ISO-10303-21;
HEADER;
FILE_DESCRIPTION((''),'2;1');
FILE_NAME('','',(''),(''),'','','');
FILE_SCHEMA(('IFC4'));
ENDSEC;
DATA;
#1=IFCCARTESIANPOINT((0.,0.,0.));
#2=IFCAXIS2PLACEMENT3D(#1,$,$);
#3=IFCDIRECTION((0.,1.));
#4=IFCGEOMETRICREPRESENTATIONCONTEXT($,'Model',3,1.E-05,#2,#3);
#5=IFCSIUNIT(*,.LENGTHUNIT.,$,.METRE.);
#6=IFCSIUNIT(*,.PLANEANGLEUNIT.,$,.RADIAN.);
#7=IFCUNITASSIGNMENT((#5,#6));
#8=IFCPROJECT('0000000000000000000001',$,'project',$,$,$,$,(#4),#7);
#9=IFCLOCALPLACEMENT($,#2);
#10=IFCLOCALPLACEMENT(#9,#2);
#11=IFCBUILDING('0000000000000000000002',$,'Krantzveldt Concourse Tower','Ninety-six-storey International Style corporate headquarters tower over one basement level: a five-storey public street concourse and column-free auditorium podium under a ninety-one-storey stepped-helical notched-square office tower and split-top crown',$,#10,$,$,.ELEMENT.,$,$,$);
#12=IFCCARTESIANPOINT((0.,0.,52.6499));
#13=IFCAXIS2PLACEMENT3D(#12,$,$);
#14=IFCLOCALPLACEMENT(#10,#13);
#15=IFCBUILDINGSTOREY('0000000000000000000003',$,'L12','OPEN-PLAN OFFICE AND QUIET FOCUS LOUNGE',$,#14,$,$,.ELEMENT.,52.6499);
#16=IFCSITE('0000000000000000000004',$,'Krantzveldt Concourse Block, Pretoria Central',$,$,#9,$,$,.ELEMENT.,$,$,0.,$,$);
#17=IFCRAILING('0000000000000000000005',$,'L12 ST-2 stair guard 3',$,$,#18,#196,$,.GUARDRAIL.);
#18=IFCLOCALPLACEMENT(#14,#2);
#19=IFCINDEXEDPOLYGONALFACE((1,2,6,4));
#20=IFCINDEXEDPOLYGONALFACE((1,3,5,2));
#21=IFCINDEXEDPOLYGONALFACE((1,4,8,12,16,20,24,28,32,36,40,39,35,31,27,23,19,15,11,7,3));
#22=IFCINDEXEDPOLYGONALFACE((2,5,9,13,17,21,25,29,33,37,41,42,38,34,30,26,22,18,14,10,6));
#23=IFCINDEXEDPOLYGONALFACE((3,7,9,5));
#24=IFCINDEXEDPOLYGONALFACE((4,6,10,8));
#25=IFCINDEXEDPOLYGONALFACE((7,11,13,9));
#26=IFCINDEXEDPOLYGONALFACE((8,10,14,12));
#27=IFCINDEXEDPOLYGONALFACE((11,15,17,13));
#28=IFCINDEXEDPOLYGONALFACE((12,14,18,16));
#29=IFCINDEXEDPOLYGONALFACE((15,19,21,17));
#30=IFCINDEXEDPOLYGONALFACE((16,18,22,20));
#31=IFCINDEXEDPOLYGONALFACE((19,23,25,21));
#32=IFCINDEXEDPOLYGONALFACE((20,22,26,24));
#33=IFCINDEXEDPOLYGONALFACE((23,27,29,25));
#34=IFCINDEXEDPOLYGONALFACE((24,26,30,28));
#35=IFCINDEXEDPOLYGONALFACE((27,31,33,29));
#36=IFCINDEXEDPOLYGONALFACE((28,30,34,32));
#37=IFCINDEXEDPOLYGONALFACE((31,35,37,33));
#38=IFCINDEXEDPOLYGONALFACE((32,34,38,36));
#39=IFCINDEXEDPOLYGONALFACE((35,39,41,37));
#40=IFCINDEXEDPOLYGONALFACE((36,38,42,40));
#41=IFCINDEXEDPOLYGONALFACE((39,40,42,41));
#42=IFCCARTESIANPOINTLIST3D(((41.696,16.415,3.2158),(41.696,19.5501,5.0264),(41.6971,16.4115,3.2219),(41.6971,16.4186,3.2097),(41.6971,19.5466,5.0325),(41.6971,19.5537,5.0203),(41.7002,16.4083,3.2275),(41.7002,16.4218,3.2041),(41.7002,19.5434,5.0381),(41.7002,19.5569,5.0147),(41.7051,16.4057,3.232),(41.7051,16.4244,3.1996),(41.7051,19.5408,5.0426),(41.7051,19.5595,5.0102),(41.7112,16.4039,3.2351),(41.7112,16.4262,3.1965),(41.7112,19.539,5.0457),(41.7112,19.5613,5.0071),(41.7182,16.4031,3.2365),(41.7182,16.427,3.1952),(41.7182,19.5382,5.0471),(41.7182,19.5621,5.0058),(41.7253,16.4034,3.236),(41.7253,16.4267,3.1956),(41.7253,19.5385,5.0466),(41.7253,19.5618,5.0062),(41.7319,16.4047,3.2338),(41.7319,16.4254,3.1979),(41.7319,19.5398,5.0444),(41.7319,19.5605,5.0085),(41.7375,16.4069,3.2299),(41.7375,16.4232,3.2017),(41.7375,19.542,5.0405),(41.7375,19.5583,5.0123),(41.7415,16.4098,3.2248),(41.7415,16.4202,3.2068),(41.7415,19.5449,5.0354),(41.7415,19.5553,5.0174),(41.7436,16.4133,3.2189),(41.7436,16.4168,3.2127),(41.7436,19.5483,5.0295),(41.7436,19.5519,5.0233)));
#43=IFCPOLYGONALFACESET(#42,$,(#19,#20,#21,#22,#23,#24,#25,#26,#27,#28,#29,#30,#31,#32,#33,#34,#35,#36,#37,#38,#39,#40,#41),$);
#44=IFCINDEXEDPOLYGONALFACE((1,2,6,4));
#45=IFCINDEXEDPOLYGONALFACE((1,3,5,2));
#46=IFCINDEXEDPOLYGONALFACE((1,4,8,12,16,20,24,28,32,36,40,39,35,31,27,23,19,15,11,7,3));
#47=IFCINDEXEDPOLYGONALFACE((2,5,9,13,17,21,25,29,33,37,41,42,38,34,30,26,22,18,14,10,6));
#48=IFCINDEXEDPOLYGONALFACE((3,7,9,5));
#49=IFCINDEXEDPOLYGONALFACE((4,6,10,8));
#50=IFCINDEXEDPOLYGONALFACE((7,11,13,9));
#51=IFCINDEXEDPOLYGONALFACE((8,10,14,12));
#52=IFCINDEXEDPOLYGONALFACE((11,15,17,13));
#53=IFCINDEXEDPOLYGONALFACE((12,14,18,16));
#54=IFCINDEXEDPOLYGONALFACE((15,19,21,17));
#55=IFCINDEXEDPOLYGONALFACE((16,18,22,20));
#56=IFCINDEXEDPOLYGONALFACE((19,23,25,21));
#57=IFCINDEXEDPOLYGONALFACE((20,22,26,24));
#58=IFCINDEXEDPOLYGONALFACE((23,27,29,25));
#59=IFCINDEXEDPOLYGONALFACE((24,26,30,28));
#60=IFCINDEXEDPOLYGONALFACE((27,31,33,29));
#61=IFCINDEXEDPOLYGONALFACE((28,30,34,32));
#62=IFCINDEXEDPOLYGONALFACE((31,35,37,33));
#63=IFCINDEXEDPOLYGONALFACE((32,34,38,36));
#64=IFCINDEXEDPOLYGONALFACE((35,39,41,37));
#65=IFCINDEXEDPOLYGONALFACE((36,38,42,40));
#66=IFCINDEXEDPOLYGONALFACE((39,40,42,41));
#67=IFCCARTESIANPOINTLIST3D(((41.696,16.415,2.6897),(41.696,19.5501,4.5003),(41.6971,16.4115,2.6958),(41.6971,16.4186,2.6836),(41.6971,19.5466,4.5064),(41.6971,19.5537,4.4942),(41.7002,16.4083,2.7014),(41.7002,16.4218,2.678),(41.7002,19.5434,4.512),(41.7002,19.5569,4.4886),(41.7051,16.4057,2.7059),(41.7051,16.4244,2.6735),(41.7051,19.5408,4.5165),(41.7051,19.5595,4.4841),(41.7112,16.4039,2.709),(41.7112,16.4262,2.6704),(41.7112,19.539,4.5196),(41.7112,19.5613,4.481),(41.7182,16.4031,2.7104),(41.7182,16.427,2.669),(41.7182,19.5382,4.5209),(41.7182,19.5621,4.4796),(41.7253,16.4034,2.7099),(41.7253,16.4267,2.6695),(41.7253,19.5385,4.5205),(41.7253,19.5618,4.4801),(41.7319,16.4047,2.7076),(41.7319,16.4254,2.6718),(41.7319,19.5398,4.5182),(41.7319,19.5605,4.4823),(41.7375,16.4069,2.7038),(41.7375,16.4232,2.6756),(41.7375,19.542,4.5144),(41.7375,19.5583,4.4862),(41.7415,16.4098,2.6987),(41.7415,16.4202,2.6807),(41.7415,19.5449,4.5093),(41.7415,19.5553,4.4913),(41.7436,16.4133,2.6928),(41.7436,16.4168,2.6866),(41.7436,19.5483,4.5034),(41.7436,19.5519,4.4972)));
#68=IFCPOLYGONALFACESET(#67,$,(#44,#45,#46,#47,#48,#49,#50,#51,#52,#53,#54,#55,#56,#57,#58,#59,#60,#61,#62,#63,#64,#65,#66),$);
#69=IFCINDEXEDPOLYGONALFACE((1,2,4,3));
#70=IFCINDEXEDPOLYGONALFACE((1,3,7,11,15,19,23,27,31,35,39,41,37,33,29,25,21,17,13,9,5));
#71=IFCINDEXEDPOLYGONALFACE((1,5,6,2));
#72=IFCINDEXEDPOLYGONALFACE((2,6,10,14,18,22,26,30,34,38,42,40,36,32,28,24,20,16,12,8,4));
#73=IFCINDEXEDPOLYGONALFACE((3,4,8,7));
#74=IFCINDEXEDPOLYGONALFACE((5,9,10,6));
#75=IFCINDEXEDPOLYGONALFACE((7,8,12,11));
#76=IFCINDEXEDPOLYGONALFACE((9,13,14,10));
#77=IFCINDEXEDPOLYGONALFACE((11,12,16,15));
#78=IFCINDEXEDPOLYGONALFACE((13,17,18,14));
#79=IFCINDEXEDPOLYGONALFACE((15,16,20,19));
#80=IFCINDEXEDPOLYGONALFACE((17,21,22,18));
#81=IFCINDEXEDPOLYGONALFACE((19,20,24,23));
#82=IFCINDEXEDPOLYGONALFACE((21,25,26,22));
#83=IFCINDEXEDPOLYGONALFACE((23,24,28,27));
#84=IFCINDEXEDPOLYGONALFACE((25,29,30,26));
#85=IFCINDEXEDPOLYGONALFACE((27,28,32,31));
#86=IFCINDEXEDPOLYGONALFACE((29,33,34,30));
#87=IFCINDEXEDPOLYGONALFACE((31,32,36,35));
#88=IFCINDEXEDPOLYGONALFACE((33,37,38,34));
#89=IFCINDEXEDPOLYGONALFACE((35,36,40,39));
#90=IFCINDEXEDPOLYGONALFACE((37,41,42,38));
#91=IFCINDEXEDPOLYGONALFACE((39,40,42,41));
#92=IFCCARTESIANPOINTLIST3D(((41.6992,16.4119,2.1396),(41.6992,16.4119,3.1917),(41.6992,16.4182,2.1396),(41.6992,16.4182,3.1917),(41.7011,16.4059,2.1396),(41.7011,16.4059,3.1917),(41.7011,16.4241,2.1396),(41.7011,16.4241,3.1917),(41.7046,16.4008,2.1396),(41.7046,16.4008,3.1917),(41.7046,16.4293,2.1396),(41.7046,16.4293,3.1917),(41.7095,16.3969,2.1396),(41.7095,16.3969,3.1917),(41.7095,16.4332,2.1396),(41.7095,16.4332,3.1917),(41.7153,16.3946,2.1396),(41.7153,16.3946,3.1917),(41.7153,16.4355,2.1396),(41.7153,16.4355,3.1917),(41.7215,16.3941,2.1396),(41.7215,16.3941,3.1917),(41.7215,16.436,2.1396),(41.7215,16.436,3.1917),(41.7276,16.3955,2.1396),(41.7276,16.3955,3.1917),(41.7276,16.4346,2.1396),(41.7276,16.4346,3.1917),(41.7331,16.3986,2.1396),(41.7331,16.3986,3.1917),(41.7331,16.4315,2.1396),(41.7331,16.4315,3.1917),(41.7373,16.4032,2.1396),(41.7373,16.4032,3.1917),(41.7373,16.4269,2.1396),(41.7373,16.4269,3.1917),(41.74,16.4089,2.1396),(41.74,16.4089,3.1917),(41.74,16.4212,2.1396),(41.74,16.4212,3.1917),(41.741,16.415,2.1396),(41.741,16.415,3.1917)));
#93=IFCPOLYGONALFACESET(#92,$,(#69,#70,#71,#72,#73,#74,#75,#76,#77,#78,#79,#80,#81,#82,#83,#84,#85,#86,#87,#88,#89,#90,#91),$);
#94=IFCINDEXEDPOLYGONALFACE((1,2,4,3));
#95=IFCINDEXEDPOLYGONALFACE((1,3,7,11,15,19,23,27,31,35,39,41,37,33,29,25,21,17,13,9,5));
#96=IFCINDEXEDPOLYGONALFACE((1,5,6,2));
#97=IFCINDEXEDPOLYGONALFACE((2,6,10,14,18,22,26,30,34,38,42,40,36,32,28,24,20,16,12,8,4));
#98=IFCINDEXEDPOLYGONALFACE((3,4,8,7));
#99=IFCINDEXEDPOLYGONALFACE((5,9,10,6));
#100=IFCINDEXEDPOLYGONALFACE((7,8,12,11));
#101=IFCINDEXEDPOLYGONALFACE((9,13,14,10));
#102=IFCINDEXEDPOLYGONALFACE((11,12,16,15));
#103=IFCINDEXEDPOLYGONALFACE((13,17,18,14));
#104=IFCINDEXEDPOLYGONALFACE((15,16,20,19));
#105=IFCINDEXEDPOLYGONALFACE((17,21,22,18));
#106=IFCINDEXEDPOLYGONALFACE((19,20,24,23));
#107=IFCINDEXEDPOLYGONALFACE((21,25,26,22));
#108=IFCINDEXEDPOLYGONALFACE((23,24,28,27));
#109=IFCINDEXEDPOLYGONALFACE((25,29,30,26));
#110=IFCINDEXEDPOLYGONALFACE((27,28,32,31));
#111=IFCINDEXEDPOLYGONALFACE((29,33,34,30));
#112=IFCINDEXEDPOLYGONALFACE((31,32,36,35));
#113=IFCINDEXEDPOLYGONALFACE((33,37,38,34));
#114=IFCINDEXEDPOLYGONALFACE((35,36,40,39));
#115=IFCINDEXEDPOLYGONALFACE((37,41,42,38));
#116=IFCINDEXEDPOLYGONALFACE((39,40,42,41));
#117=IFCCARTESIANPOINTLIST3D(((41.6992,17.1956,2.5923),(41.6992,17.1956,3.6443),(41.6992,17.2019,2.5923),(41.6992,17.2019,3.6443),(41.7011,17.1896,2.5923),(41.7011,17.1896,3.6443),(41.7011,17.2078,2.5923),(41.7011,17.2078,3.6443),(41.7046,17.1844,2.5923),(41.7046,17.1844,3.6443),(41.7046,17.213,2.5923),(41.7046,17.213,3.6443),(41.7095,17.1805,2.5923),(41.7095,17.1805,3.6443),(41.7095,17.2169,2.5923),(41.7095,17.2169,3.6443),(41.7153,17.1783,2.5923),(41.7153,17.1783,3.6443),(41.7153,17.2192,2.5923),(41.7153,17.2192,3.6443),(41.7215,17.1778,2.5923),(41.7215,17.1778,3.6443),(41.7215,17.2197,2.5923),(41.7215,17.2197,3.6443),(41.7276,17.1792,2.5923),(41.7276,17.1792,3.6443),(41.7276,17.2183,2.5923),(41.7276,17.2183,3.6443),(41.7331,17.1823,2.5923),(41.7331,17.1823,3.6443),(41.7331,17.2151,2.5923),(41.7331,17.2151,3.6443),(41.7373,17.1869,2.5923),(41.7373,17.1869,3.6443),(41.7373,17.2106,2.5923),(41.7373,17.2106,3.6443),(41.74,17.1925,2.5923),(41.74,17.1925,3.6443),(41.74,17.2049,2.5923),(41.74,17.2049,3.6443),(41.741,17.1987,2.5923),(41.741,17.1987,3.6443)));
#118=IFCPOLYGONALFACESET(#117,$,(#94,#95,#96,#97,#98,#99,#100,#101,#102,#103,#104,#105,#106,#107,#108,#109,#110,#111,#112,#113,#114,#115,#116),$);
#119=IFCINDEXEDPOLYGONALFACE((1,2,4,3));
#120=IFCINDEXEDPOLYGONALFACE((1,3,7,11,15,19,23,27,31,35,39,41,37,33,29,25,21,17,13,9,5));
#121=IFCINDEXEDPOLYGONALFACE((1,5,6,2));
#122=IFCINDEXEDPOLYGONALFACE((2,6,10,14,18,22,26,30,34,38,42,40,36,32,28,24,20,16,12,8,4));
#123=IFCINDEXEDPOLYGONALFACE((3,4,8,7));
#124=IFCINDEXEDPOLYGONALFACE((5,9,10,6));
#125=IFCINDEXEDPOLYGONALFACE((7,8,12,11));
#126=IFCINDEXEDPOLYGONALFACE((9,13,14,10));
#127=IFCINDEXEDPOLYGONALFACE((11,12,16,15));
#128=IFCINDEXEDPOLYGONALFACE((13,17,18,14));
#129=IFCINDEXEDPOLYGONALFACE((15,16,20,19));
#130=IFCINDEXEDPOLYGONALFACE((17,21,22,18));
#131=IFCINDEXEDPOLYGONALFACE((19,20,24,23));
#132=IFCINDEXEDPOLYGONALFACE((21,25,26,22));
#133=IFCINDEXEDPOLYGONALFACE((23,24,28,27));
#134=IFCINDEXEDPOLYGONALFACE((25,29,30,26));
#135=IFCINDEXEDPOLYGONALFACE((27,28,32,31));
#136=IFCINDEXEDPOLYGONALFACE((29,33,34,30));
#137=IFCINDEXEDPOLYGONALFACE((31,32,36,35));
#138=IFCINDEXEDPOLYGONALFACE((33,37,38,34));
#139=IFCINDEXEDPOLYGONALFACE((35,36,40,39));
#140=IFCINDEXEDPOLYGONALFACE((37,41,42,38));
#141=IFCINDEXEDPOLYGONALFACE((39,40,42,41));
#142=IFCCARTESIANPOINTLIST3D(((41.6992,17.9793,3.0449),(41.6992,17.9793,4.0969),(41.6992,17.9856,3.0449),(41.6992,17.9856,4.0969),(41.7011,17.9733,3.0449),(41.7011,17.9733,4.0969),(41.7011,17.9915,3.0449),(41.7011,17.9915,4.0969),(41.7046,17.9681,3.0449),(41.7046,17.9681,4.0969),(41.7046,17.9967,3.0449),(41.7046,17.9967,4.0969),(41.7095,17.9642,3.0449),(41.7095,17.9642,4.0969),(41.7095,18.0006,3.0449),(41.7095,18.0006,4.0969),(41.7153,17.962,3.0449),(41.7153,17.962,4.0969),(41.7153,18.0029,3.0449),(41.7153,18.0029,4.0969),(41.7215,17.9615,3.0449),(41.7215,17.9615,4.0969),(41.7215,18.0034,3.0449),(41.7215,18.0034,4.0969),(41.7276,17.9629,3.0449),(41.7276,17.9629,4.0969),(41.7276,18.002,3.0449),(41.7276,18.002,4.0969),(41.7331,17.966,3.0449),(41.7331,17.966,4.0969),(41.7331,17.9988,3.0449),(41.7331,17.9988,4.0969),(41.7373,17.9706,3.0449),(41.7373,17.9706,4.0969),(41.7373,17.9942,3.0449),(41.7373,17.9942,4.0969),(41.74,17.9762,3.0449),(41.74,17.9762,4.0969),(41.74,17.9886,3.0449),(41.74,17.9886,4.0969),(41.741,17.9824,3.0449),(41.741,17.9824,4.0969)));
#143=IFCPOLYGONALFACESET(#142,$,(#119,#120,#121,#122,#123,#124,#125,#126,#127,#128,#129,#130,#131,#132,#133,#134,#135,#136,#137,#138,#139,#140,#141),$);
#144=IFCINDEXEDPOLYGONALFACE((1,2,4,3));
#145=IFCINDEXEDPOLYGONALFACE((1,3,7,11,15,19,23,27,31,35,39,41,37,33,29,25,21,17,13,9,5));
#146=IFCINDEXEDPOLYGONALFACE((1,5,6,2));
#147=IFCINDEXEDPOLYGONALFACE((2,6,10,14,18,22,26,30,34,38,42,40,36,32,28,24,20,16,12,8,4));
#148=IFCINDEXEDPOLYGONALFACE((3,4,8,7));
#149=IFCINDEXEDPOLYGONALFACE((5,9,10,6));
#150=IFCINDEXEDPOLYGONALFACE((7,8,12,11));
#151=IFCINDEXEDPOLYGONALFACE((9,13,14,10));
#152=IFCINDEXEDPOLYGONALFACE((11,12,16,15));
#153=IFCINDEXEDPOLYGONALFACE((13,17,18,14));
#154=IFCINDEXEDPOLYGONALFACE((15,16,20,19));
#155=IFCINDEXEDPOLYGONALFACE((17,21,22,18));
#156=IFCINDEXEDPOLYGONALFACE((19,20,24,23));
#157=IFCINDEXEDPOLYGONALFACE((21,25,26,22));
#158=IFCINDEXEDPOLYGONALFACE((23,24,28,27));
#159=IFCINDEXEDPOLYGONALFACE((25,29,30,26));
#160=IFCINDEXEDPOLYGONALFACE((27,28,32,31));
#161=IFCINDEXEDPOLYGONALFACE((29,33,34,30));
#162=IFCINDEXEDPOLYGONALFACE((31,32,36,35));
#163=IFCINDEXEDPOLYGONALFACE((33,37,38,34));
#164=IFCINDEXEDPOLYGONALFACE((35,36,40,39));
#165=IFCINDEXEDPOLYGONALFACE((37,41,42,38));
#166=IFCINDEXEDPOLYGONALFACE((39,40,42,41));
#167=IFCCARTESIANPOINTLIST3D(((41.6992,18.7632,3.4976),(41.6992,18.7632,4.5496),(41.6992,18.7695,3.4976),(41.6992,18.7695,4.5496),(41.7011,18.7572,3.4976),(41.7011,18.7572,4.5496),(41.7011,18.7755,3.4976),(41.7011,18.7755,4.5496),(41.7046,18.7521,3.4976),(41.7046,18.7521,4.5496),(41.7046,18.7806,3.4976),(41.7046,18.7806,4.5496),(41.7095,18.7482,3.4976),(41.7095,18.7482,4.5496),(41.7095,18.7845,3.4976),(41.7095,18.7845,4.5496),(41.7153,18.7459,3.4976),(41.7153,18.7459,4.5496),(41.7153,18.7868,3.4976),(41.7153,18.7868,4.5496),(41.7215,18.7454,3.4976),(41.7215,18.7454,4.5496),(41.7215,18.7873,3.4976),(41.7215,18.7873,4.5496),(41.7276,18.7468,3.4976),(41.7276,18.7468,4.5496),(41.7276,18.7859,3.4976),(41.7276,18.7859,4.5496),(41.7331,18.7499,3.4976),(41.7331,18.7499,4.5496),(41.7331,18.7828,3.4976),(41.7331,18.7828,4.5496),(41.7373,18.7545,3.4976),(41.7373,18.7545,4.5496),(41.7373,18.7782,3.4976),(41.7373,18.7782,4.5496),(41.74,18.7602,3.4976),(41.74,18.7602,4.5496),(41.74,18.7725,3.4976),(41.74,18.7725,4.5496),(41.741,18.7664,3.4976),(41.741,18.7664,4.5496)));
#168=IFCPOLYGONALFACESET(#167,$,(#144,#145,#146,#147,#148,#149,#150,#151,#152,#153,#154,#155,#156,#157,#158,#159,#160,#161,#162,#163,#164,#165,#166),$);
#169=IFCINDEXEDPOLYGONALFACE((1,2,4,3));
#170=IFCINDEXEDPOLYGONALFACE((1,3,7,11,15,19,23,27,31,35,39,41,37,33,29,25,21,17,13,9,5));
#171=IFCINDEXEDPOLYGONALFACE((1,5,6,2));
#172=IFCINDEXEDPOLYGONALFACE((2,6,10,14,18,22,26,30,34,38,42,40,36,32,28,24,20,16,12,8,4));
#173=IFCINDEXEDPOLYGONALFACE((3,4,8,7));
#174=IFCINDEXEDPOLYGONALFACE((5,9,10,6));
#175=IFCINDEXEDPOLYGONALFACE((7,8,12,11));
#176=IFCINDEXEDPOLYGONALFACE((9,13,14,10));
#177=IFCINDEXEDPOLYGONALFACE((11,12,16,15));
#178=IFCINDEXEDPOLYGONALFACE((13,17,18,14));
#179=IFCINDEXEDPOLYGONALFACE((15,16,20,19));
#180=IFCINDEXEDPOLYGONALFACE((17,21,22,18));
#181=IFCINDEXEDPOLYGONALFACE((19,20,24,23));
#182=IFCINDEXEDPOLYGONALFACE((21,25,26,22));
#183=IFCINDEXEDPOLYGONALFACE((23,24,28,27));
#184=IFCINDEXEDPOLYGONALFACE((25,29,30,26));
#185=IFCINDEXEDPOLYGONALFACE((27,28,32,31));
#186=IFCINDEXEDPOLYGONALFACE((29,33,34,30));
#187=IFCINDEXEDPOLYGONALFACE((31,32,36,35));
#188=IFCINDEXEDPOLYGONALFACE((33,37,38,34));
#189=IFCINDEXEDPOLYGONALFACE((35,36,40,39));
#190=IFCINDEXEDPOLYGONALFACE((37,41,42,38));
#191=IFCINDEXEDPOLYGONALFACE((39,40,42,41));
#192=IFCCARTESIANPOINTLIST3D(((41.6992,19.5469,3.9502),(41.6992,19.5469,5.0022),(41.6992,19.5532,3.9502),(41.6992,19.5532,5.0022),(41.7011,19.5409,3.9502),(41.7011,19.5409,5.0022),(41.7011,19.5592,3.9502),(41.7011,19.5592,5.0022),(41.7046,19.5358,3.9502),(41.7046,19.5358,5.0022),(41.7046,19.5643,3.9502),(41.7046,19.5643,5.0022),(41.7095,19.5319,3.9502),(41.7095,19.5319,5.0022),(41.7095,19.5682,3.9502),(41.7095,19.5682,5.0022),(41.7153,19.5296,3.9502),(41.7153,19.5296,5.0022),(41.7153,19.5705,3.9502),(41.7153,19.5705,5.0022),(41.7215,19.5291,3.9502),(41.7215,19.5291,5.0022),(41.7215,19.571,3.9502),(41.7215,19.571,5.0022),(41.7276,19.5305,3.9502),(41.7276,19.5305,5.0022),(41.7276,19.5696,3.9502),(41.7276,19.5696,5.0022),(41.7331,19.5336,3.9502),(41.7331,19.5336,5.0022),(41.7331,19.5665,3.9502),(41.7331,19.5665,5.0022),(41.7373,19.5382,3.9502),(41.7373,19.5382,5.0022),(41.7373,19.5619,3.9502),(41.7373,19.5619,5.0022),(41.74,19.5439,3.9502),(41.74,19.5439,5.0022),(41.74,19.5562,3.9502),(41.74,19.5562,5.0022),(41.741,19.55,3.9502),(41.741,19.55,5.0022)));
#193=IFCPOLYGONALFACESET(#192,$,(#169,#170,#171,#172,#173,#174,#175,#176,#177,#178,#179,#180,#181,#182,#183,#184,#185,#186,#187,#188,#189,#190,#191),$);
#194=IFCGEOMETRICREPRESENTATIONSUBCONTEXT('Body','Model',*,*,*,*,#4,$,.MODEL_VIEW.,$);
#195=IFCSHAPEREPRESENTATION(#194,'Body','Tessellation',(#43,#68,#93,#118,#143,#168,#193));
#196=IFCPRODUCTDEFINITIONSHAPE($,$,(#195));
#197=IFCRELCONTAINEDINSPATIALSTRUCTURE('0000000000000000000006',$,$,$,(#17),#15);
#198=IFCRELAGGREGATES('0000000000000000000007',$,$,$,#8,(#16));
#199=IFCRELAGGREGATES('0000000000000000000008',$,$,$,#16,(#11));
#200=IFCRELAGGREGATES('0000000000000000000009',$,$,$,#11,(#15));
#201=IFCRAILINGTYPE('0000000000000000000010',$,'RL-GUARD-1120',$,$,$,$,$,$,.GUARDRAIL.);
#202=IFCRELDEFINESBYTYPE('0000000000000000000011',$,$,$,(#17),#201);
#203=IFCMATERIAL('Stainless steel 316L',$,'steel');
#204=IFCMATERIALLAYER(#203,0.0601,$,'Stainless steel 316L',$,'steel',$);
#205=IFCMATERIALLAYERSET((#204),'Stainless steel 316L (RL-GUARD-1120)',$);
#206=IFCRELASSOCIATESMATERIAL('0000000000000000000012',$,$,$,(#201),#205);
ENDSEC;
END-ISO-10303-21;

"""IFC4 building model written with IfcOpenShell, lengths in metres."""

from ifc_helpers import new_model, si_unit, direction, frame, origin, origin_2d, place, context, subcontext, project, spatial, circle, extrude, material, layer, layer_set, type_object, element, save


model = new_model("IFC4")

# Units and contexts
model_context = context("Model", 3, precision=1e-05, world=origin(), true_north=direction((0.0, 1.0)))
body_context = subcontext(model_context, "Body", "Model", "MODEL_VIEW")
ifc_project = project(units=[si_unit("LENGTHUNIT", "METRE"), si_unit("PLANEANGLEUNIT", "RADIAN")], contexts=[model_context])

# Site, building, storey
site_placement = place(None, origin())
site = spatial("IfcSite", under=ifc_project, at=site_placement, Name="Krantzveldt Concourse Block, Pretoria Central", CompositionType="ELEMENT", RefElevation=0.0)
building_placement = place(site_placement, origin())
building = spatial("IfcBuilding", under=site, at=building_placement, Name="Krantzveldt Concourse Tower", Description="Ninety-six-storey International Style corporate headquarters tower over one basement level: a five-storey public street concourse and column-free auditorium podium under a ninety-one-storey stepped-helical notched-square office tower and split-top crown", CompositionType="ELEMENT")
storey_placement = place(building_placement, frame((0.0, 0.0, 52.6499)))
storey = spatial("IfcBuildingStorey", under=building, at=storey_placement, Name="L12", Description="OPEN-PLAN OFFICE AND QUIET FOCUS LOUNGE", CompositionType="ELEMENT", Elevation=52.6499)

# Shared definitions
ifc_material_1 = material(Name="Stainless steel 316L", Category="steel")

# Railing
ifc_layer_1 = layer(ifc_material_1, 0.0601, Name="Stainless steel 316L", Category="steel")
ifc_layer_set_1 = layer_set([ifc_layer_1], Name="Stainless steel 316L (RL-GUARD-1120)")
railing_type_1 = type_object("IfcRailingType", Name="RL-GUARD-1120", PredefinedType="GUARDRAIL", material=ifc_layer_set_1)
railing_1_placement = place(storey_placement, frame((41.72, 16.415, 2.1396)))
element("IfcRailing", 1, at=railing_1_placement, inside=storey, type_object=railing_type_1, Name="L12 ST-2 stair guard 3", PredefinedType="GUARDRAIL", context=body_context, shape_type="SweptSolid", body=[
    extrude(circle(Radius=0.0239, at=origin_2d()), frame((0.0, 0.0, 1.0762), z_axis=(0.0, 0.86596, 0.500114), x_axis=(-1.0, 0.0, 0.0)), (0.0, 0.0, 1.0), 3.6204),
    extrude(circle(Radius=0.0239, at=origin_2d()), frame((0.0, 0.0, 0.55), z_axis=(0.0, 0.86596, 0.500114), x_axis=(-1.0, 0.0, 0.0)), (0.0, 0.0, 1.0), 3.6204),
    extrude(circle(Radius=0.021, at=origin_2d()), origin(), (0.0, 0.0, 1.0), 1.052),
    extrude(circle(Radius=0.021, at=origin_2d()), frame((0.0, 0.7837, 0.4526)), (0.0, 0.0, 1.0), 1.052),
    extrude(circle(Radius=0.021, at=origin_2d()), frame((0.0, 1.5674, 0.9053)), (0.0, 0.0, 1.0), 1.052),
    extrude(circle(Radius=0.021, at=origin_2d()), frame((0.0, 2.3513, 1.3579)), (0.0, 0.0, 1.0), 1.052),
    extrude(circle(Radius=0.021, at=origin_2d()), frame((0.0, 3.135, 1.8105)), (0.0, 0.0, 1.0), 1.052),
])

save(model, "model.ifc")
